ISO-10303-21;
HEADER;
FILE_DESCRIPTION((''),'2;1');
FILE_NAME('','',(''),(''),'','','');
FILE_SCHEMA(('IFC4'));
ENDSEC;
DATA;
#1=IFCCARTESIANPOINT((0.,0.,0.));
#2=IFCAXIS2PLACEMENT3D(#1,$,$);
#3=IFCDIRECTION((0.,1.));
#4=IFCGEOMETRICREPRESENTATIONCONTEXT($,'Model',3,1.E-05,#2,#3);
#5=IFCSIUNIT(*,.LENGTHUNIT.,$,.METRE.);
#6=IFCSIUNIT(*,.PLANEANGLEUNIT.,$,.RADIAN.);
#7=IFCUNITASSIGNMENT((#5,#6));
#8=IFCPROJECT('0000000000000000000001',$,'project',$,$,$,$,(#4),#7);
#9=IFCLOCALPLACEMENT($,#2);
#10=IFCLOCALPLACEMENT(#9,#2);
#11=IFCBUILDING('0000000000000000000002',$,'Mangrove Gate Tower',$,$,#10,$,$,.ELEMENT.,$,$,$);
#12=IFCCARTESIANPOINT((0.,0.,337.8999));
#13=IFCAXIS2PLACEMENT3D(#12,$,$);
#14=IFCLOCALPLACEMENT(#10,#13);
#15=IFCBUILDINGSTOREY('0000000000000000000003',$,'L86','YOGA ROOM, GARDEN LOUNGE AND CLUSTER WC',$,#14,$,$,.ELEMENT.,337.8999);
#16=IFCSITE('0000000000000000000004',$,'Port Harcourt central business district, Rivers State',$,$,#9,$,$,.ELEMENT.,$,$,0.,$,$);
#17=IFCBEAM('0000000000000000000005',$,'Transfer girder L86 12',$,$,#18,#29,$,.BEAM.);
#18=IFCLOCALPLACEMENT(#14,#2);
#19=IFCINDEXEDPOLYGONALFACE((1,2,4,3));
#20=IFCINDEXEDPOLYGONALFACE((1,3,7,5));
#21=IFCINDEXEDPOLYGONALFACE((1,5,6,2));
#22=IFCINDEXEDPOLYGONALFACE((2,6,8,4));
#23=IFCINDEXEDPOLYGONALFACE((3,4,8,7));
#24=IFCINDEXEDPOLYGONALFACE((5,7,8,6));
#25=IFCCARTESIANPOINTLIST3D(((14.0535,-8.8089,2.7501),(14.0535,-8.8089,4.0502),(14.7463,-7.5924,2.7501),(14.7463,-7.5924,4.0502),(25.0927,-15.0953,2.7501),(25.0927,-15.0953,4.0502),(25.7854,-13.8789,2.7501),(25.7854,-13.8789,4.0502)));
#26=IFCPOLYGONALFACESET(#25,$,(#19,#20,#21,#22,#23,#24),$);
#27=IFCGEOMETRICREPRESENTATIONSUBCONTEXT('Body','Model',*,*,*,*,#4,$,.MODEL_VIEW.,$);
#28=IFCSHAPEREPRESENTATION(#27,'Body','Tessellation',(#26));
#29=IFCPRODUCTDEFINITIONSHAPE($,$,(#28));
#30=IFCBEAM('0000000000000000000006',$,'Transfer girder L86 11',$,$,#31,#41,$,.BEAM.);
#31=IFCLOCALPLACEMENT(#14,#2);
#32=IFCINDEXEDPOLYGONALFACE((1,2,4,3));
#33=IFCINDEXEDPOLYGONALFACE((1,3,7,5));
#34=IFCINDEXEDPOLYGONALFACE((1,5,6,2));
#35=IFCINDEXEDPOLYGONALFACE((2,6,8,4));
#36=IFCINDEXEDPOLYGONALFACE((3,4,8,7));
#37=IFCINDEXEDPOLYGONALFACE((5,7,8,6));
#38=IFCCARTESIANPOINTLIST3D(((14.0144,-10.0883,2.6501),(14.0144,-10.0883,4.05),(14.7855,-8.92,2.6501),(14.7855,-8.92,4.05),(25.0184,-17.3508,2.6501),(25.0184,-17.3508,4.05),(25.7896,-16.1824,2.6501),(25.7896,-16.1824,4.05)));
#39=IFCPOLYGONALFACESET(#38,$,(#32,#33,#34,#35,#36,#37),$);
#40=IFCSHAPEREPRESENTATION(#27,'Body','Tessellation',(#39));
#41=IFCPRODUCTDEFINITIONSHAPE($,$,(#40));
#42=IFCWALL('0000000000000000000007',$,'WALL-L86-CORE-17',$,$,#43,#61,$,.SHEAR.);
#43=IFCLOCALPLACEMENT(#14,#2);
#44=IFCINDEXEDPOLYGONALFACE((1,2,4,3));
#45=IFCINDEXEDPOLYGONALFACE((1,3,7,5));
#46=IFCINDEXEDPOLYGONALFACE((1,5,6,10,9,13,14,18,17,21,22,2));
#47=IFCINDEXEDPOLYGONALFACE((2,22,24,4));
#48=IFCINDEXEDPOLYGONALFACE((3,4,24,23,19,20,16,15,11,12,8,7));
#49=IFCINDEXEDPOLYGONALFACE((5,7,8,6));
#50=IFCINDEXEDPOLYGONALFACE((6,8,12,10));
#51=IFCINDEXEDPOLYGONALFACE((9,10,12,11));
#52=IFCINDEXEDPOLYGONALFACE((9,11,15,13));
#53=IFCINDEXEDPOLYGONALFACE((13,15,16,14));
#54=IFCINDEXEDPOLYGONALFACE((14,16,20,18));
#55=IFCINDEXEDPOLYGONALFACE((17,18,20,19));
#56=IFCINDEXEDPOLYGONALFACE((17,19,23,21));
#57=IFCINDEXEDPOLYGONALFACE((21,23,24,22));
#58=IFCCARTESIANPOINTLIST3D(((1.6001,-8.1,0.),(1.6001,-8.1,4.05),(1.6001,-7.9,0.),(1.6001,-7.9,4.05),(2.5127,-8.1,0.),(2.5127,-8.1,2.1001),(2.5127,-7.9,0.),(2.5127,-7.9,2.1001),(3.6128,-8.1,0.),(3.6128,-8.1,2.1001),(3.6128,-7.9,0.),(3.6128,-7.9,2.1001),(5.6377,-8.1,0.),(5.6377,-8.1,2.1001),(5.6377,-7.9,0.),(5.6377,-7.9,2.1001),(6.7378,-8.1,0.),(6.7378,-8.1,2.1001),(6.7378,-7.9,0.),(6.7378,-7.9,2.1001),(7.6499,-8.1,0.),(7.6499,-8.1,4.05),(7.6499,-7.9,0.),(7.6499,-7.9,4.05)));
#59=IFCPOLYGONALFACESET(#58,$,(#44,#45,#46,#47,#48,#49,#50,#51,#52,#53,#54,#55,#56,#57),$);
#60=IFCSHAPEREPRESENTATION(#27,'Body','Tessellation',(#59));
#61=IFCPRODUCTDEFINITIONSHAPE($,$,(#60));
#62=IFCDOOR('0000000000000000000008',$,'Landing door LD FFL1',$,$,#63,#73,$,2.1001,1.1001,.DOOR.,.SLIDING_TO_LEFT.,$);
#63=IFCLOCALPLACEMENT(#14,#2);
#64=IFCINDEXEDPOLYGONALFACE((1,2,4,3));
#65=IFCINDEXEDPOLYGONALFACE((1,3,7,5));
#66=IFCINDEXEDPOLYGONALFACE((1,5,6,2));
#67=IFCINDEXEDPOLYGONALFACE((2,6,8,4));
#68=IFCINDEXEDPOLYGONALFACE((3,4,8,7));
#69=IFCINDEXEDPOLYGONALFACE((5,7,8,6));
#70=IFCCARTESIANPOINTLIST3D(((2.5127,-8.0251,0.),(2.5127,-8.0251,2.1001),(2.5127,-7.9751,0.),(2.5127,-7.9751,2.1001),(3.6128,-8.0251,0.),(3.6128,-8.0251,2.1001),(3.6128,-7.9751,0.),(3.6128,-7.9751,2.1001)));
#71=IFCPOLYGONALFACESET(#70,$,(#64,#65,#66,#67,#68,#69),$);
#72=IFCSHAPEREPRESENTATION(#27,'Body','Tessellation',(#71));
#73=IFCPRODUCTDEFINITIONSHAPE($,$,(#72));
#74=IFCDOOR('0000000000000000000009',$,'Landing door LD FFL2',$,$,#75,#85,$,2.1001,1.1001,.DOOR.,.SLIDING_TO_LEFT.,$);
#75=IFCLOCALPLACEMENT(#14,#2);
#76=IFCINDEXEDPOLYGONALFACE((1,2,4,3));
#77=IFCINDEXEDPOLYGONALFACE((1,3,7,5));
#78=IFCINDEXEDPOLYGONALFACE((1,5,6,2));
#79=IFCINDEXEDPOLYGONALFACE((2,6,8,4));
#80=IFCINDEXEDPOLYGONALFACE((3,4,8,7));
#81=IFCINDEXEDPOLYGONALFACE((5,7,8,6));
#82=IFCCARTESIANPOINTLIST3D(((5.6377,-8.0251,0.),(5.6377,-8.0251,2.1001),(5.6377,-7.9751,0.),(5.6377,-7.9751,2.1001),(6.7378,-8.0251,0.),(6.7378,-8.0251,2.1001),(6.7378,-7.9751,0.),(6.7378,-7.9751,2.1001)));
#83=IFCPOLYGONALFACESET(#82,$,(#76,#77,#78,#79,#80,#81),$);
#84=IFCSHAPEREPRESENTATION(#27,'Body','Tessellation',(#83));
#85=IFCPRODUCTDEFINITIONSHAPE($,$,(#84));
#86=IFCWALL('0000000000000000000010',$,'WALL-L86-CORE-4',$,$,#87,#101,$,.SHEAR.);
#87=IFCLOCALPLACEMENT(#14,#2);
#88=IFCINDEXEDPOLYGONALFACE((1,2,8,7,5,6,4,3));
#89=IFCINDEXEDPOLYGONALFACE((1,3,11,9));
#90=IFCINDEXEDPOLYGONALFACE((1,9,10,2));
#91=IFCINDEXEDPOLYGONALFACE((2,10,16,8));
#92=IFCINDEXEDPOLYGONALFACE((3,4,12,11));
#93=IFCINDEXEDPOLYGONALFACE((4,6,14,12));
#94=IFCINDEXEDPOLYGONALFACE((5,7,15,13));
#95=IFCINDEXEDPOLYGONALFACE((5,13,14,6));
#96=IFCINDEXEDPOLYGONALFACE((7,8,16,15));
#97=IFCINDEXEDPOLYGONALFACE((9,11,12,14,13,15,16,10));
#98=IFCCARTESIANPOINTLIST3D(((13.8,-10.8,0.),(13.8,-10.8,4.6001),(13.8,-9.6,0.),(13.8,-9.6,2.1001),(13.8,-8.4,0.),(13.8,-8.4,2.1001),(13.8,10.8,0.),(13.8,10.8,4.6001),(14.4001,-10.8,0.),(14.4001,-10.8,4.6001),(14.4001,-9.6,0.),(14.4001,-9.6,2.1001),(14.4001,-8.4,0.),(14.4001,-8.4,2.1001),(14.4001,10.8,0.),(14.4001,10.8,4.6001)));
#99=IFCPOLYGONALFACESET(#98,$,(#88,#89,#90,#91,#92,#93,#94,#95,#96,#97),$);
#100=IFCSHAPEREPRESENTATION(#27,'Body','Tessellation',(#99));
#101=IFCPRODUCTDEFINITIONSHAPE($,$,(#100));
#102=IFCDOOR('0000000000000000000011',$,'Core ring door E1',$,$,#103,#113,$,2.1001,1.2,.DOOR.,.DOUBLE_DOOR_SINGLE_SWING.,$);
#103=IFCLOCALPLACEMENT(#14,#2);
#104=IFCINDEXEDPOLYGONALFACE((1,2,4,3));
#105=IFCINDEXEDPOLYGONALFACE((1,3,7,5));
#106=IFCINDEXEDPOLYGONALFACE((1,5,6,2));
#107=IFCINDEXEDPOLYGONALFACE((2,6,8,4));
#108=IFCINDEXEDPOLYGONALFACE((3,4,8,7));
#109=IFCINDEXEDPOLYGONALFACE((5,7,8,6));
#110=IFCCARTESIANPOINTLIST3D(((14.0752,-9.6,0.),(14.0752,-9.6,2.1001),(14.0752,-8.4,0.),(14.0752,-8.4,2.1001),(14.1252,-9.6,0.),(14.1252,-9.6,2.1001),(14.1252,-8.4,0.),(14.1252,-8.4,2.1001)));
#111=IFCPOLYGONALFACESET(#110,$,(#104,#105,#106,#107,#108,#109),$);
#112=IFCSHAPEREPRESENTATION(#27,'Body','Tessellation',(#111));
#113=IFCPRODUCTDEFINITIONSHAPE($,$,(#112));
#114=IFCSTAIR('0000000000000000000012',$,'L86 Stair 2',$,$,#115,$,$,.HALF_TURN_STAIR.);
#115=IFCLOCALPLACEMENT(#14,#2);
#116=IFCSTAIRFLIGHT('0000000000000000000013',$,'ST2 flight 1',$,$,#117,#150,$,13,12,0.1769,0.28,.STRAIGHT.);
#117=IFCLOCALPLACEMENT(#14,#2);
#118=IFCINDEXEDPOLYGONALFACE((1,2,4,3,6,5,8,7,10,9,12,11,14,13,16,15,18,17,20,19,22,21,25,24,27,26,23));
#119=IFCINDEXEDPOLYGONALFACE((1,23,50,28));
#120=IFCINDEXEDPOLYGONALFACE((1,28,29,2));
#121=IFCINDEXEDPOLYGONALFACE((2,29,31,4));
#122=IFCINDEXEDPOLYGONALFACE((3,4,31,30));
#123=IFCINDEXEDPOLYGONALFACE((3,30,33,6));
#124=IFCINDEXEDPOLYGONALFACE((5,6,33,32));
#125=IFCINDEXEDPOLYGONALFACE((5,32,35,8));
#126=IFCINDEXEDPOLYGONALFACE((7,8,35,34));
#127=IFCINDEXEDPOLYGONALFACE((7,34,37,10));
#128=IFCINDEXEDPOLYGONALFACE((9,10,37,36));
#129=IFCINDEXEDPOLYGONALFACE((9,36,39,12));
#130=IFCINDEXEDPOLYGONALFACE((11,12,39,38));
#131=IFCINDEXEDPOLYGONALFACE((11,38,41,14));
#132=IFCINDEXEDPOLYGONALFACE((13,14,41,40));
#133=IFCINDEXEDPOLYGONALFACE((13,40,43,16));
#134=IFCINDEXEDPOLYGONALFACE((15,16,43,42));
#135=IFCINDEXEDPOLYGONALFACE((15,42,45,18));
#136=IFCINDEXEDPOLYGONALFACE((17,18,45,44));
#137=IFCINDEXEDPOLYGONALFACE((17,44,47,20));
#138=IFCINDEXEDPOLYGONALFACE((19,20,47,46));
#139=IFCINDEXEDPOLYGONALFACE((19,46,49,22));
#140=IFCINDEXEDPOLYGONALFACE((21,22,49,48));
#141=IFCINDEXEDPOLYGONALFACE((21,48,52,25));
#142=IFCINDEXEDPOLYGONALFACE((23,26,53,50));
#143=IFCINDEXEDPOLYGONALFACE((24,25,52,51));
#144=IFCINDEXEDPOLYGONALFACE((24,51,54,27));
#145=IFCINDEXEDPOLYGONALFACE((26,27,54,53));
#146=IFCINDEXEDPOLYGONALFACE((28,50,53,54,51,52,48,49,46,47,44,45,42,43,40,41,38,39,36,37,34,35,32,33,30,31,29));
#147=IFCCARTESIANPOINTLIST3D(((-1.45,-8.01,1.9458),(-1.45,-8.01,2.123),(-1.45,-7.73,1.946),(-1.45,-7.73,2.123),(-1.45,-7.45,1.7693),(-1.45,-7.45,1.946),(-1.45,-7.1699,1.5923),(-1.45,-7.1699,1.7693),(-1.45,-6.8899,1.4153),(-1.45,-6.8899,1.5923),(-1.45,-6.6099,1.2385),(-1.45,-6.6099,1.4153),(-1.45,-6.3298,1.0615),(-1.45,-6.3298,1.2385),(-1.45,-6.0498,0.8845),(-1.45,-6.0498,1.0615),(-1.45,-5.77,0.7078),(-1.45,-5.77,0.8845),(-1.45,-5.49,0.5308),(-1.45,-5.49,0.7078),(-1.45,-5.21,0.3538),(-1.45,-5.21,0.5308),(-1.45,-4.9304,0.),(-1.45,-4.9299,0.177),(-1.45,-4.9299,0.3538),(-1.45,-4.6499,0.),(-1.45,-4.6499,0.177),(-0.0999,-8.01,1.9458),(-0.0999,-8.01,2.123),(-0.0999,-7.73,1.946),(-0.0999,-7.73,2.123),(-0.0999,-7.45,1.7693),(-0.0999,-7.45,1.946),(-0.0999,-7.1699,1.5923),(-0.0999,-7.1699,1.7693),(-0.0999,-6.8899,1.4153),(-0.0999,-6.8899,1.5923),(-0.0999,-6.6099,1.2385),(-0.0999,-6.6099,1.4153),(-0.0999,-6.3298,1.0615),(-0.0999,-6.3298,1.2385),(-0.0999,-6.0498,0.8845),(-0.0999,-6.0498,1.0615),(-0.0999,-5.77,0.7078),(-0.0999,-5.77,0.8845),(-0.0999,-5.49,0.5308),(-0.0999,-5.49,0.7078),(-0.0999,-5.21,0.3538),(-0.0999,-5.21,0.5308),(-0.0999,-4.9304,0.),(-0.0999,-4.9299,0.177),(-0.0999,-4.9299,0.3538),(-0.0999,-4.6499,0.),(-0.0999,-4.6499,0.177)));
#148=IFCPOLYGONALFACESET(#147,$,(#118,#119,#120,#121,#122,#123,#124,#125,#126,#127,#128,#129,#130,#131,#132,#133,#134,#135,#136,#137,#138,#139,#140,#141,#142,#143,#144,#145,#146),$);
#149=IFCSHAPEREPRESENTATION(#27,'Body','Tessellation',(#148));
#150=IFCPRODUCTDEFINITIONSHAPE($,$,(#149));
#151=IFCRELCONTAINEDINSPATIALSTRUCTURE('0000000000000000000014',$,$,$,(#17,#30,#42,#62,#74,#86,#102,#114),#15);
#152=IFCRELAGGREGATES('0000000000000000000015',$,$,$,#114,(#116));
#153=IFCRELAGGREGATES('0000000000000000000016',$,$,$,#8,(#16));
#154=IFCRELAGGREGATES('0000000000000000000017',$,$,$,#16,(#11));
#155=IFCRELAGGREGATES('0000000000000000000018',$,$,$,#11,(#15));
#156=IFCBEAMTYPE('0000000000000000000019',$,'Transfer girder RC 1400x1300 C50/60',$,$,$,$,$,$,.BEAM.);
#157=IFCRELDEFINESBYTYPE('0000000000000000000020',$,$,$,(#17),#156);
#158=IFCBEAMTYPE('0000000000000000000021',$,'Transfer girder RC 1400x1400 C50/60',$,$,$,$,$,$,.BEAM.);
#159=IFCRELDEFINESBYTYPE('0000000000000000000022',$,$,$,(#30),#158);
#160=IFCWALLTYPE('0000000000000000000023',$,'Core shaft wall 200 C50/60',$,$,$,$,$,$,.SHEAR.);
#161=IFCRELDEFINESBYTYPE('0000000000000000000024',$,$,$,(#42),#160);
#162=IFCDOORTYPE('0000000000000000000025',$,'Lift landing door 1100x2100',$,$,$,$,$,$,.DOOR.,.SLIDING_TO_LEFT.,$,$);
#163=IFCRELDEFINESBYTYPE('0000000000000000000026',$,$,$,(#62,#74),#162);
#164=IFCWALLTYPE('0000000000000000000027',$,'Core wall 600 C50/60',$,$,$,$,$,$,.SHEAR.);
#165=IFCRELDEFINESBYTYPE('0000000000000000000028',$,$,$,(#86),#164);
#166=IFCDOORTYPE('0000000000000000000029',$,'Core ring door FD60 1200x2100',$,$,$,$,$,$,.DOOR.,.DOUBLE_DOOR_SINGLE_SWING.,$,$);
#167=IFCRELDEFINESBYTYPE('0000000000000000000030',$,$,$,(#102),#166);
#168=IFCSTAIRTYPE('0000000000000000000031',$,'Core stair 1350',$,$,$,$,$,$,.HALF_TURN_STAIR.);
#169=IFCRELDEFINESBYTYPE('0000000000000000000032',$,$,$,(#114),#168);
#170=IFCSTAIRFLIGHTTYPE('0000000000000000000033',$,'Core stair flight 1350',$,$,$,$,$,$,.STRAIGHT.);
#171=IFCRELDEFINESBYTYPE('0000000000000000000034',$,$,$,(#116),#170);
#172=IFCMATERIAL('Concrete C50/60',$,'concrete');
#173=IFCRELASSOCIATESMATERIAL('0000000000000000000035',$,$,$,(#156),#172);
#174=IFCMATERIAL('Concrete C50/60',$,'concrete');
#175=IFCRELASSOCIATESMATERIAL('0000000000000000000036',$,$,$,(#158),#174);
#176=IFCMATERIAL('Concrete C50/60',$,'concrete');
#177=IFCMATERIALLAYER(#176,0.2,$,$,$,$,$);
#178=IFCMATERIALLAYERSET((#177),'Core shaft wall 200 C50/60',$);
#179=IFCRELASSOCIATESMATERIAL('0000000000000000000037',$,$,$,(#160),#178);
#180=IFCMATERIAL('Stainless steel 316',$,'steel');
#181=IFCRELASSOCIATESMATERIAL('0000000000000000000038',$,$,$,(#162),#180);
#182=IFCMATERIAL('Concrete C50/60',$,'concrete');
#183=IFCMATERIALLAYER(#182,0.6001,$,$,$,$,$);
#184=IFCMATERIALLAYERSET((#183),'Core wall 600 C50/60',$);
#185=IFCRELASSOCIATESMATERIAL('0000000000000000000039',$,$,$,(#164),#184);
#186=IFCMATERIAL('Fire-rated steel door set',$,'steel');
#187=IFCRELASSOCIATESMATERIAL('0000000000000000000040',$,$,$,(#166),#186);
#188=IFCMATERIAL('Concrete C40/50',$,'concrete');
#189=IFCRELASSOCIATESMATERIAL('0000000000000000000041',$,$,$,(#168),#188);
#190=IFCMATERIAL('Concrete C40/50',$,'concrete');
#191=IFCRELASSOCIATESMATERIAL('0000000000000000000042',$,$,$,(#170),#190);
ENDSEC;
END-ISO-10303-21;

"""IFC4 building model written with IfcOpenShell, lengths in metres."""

from ifc_helpers import new_model, si_unit, direction, frame, frame_2d, origin, origin_2d, place, context, subcontext, project, spatial, polyline, rectangle, outline, extrude, material, layer, layer_set, material_profile, profile_set, type_object, element, fill, aggregate, save


model = new_model("IFC4")

# Units and contexts
model_context = context("Model", 3, precision=1e-05, world=origin(), true_north=direction((0.0, 1.0)))
body_context = subcontext(model_context, "Body", "Model", "MODEL_VIEW")
ifc_project = project(units=[si_unit("LENGTHUNIT", "METRE"), si_unit("PLANEANGLEUNIT", "RADIAN")], contexts=[model_context])

# Site, building, storey
site_placement = place(None, origin())
site = spatial("IfcSite", under=ifc_project, at=site_placement, Name="Port Harcourt central business district, Rivers State", CompositionType="ELEMENT", RefElevation=0.0)
building_placement = place(site_placement, origin())
building = spatial("IfcBuilding", under=site, at=building_placement, Name="Mangrove Gate Tower", CompositionType="ELEMENT")
storey_placement = place(building_placement, frame((0.0, 0.0, 337.8999)))
storey = spatial("IfcBuildingStorey", under=building, at=storey_placement, Name="L86", Description="YOGA ROOM, GARDEN LOUNGE AND CLUSTER WC", CompositionType="ELEMENT", Elevation=337.8999)

# Beams
ifc_material_1 = material(Name="Concrete C50/60", Category="concrete")
ifc_material_profile_1 = material_profile(ifc_material_1, rectangle(XDim=1.3999, YDim=1.3, at=origin_2d()))
ifc_profile_set_1 = profile_set([ifc_material_profile_1], Name="Concrete C50/60")
beam_type_1 = type_object("IfcBeamType", Name="Transfer girder RC 1400x1300 C50/60", PredefinedType="BEAM", material=ifc_profile_set_1)
beam_1_placement = place(storey_placement, frame((14.3999, -8.2007, 3.4001), z_axis=(0.868977, -0.494853, 0.0), x_axis=(0.494853, 0.868977, 0.0)))
element("IfcBeam", 1, at=beam_1_placement, inside=storey, type_object=beam_type_1, Name="Transfer girder L86 12", PredefinedType="BEAM", context=body_context, shape_type="SweptSolid", body=[
    extrude(rectangle(XDim=1.3999, YDim=1.3, at=origin_2d()), origin(), (0.0, 0.0, 1.0), 12.7036),
])
ifc_material_2 = material(Name="Concrete C50/60", Category="concrete")
ifc_material_profile_2 = material_profile(ifc_material_2, rectangle(XDim=1.3999, YDim=1.3999, at=origin_2d()))
ifc_profile_set_2 = profile_set([ifc_material_profile_2], Name="Concrete C50/60")
beam_type_2 = type_object("IfcBeamType", Name="Transfer girder RC 1400x1400 C50/60", PredefinedType="BEAM", material=ifc_profile_set_2)
beam_2_placement = place(storey_placement, frame((14.3999, -9.5042, 3.3501), z_axis=(0.834619, -0.550827, 0.0), x_axis=(0.550827, 0.834619, 0.0)))
element("IfcBeam", 2, at=beam_2_placement, inside=storey, type_object=beam_type_2, Name="Transfer girder L86 11", PredefinedType="BEAM", context=body_context, shape_type="SweptSolid", body=[
    extrude(rectangle(XDim=1.3999, YDim=1.3999, at=origin_2d()), origin(), (0.0, 0.0, 1.0), 13.1846),
])

# Wall, openings, doors
ifc_material_3 = material(Name="Concrete C50/60", Category="concrete")
ifc_layer_1 = layer(ifc_material_3, 0.2)
ifc_layer_set_1 = layer_set([ifc_layer_1], Name="Core shaft wall 200 C50/60")
wall_type_1 = type_object("IfcWallType", Name="Core shaft wall 200 C50/60", PredefinedType="SHEAR", material=ifc_layer_set_1)
wall_1_placement = place(storey_placement, frame((1.6001, -8.0, 0.0), z_axis=(0.0, 0.0, 1.0), x_axis=(1.0, 0.0, 0.0)))
wall_1 = element("IfcWall", 3, at=wall_1_placement, inside=storey, type_object=wall_type_1, Name="WALL-L86-CORE-17", PredefinedType="SHEAR", context=body_context, shape_type="SweptSolid", body=[
    extrude(rectangle(XDim=6.0498, YDim=0.2, at=frame_2d((3.0249, 0.0))), origin(), (0.0, 0.0, 1.0), 4.05),
])
opening_1_placement = place(wall_1_placement, frame((0.9126, 0.0, 0.0)))
opening_1 = element("IfcOpeningElement", 4, at=opening_1_placement, cuts=wall_1, PredefinedType="OPENING", context=body_context, shape_type="SweptSolid", body=[
    extrude(rectangle(XDim=1.1001, YDim=2.1001, at=frame_2d((0.55, 1.05))), frame((0.0, 0.1099, 0.0), z_axis=(0.0, -1.0, 0.0), x_axis=(1.0, 0.0, 0.0)), (0.0, 0.0, 1.0), 0.22),
])
opening_2_placement = place(wall_1_placement, frame((4.0376, 0.0, 0.0)))
opening_2 = element("IfcOpeningElement", 5, at=opening_2_placement, cuts=wall_1, PredefinedType="OPENING", context=body_context, shape_type="SweptSolid", body=[
    extrude(rectangle(XDim=1.1001, YDim=2.1001, at=frame_2d((0.55, 1.05))), frame((0.0, 0.1099, 0.0), z_axis=(0.0, -1.0, 0.0), x_axis=(1.0, 0.0, 0.0)), (0.0, 0.0, 1.0), 0.22),
])
ifc_material_4 = material(Name="Stainless steel 316", Category="steel")
door_type_1 = type_object("IfcDoorType", Name="Lift landing door 1100x2100", OperationType="SLIDING_TO_LEFT", PredefinedType="DOOR", material=ifc_material_4)
door_1_placement = place(opening_1_placement, origin())
door_1 = element("IfcDoor", 6, at=door_1_placement, inside=storey, type_object=door_type_1, Name="Landing door LD FFL1", OperationType="SLIDING_TO_LEFT", OverallHeight=2.1001, OverallWidth=1.1001, PredefinedType="DOOR", context=body_context, shape_type="SweptSolid", body=[
    extrude(rectangle(XDim=1.1001, YDim=2.1001, at=frame_2d((0.55, 1.05))), frame((0.0, 0.0249, 0.0), z_axis=(0.0, -1.0, 0.0), x_axis=(1.0, 0.0, 0.0)), (0.0, 0.0, 1.0), 0.05),
])
fill(opening_1, door_1)
door_2_placement = place(opening_2_placement, origin())
door_2 = element("IfcDoor", 7, at=door_2_placement, inside=storey, type_object=door_type_1, Name="Landing door LD FFL2", OperationType="SLIDING_TO_LEFT", OverallHeight=2.1001, OverallWidth=1.1001, PredefinedType="DOOR", context=body_context, shape_type="SweptSolid", body=[
    extrude(rectangle(XDim=1.1001, YDim=2.1001, at=frame_2d((0.55, 1.05))), frame((0.0, 0.0249, 0.0), z_axis=(0.0, -1.0, 0.0), x_axis=(1.0, 0.0, 0.0)), (0.0, 0.0, 1.0), 0.05),
])
fill(opening_2, door_2)

# Wall, opening, door
ifc_material_5 = material(Name="Concrete C50/60", Category="concrete")
ifc_layer_2 = layer(ifc_material_5, 0.6001)
ifc_layer_set_2 = layer_set([ifc_layer_2], Name="Core wall 600 C50/60")
wall_type_2 = type_object("IfcWallType", Name="Core wall 600 C50/60", PredefinedType="SHEAR", material=ifc_layer_set_2)
wall_2_placement = place(storey_placement, frame((14.1001, -10.8, 0.0), z_axis=(0.0, 0.0, 1.0), x_axis=(0.0, 1.0, 0.0)))
wall_2 = element("IfcWall", 8, at=wall_2_placement, inside=storey, type_object=wall_type_2, Name="WALL-L86-CORE-4", PredefinedType="SHEAR", context=body_context, shape_type="SweptSolid", body=[
    extrude(rectangle(XDim=21.6001, YDim=0.6001, at=frame_2d((10.8, 0.0))), origin(), (0.0, 0.0, 1.0), 4.6001),
])
opening_3_placement = place(wall_2_placement, frame((1.2, 0.0, 0.0)))
opening_3 = element("IfcOpeningElement", 9, at=opening_3_placement, cuts=wall_2, PredefinedType="OPENING", context=body_context, shape_type="SweptSolid", body=[
    extrude(rectangle(XDim=1.2, YDim=2.1001, at=frame_2d((0.6001, 1.05))), frame((0.0, 0.3101, 0.0), z_axis=(0.0, -1.0, 0.0), x_axis=(1.0, 0.0, 0.0)), (0.0, 0.0, 1.0), 0.6201),
])
ifc_material_6 = material(Name="Fire-rated steel door set", Category="steel")
door_type_2 = type_object("IfcDoorType", Name="Core ring door FD60 1200x2100", OperationType="DOUBLE_DOOR_SINGLE_SWING", PredefinedType="DOOR", material=ifc_material_6)
door_3_placement = place(opening_3_placement, origin())
door_3 = element("IfcDoor", 10, at=door_3_placement, inside=storey, type_object=door_type_2, Name="Core ring door E1", OperationType="DOUBLE_DOOR_SINGLE_SWING", OverallHeight=2.1001, OverallWidth=1.2, PredefinedType="DOOR", context=body_context, shape_type="SweptSolid", body=[
    extrude(rectangle(XDim=1.2, YDim=2.1001, at=frame_2d((0.6001, 1.05))), frame((0.0, 0.0249, 0.0), z_axis=(0.0, -1.0, 0.0), x_axis=(1.0, 0.0, 0.0)), (0.0, 0.0, 1.0), 0.05),
])
fill(opening_3, door_3)

# Stair, stair flight
ifc_material_7 = material(Name="Concrete C40/50", Category="concrete")
stair_type = type_object("IfcStairType", Name="Core stair 1350", PredefinedType="HALF_TURN_STAIR", material=ifc_material_7)
stair_1_placement = place(storey_placement, origin())
stair_1 = element("IfcStair", 11, at=stair_1_placement, inside=storey, type_object=stair_type, Name="L86 Stair 2", PredefinedType="HALF_TURN_STAIR")
ifc_material_8 = material(Name="Concrete C40/50", Category="concrete")
stair_flight_type = type_object("IfcStairFlightType", Name="Core stair flight 1350", PredefinedType="STRAIGHT", material=ifc_material_8)
stair_flight_1_placement = place(storey_placement, frame((-0.7749, -4.6499, 0.0), z_axis=(0.0, 0.0, 1.0), x_axis=(0.0, -1.0, 0.0)))
stair_flight_1 = element("IfcStairFlight", 12, at=stair_flight_1_placement, type_object=stair_flight_type, Name="ST2 flight 1", NumberOfRisers=13, NumberOfTreads=12, PredefinedType="STRAIGHT", RiserHeight=0.1769, TreadLength=0.28, context=body_context, shape_type="SweptSolid", body=[
    extrude(outline(polyline([(0.0, 0.0), (0.0, 0.177), (0.28, 0.177), (0.28, 0.3538), (0.5601, 0.3538), (0.5601, 0.5308), (0.8401, 0.5308), (0.8401, 0.7078), (1.1201, 0.7078), (1.1201, 0.8845), (1.3999, 0.8845), (1.3999, 1.0615), (1.6799, 1.0615), (1.6799, 1.2385), (1.96, 1.2385), (1.96, 1.4153), (2.24, 1.4153), (2.24, 1.5923), (2.52, 1.5923), (2.52, 1.7693), (2.8, 1.7693), (2.8, 1.946), (3.0801, 1.946), (3.0801, 2.123), (3.3601, 2.123), (3.3601, 2.3), (3.3601, 1.9458), (0.2805, 0.0), (0.0, 0.0)])), frame((0.0, 0.675, 0.0), z_axis=(0.0, -1.0, 0.0), x_axis=(1.0, 0.0, 0.0)), (0.0, 0.0, 1.0), 1.3501),
])
aggregate(stair_1, [stair_flight_1])

save(model, "model.ifc")
